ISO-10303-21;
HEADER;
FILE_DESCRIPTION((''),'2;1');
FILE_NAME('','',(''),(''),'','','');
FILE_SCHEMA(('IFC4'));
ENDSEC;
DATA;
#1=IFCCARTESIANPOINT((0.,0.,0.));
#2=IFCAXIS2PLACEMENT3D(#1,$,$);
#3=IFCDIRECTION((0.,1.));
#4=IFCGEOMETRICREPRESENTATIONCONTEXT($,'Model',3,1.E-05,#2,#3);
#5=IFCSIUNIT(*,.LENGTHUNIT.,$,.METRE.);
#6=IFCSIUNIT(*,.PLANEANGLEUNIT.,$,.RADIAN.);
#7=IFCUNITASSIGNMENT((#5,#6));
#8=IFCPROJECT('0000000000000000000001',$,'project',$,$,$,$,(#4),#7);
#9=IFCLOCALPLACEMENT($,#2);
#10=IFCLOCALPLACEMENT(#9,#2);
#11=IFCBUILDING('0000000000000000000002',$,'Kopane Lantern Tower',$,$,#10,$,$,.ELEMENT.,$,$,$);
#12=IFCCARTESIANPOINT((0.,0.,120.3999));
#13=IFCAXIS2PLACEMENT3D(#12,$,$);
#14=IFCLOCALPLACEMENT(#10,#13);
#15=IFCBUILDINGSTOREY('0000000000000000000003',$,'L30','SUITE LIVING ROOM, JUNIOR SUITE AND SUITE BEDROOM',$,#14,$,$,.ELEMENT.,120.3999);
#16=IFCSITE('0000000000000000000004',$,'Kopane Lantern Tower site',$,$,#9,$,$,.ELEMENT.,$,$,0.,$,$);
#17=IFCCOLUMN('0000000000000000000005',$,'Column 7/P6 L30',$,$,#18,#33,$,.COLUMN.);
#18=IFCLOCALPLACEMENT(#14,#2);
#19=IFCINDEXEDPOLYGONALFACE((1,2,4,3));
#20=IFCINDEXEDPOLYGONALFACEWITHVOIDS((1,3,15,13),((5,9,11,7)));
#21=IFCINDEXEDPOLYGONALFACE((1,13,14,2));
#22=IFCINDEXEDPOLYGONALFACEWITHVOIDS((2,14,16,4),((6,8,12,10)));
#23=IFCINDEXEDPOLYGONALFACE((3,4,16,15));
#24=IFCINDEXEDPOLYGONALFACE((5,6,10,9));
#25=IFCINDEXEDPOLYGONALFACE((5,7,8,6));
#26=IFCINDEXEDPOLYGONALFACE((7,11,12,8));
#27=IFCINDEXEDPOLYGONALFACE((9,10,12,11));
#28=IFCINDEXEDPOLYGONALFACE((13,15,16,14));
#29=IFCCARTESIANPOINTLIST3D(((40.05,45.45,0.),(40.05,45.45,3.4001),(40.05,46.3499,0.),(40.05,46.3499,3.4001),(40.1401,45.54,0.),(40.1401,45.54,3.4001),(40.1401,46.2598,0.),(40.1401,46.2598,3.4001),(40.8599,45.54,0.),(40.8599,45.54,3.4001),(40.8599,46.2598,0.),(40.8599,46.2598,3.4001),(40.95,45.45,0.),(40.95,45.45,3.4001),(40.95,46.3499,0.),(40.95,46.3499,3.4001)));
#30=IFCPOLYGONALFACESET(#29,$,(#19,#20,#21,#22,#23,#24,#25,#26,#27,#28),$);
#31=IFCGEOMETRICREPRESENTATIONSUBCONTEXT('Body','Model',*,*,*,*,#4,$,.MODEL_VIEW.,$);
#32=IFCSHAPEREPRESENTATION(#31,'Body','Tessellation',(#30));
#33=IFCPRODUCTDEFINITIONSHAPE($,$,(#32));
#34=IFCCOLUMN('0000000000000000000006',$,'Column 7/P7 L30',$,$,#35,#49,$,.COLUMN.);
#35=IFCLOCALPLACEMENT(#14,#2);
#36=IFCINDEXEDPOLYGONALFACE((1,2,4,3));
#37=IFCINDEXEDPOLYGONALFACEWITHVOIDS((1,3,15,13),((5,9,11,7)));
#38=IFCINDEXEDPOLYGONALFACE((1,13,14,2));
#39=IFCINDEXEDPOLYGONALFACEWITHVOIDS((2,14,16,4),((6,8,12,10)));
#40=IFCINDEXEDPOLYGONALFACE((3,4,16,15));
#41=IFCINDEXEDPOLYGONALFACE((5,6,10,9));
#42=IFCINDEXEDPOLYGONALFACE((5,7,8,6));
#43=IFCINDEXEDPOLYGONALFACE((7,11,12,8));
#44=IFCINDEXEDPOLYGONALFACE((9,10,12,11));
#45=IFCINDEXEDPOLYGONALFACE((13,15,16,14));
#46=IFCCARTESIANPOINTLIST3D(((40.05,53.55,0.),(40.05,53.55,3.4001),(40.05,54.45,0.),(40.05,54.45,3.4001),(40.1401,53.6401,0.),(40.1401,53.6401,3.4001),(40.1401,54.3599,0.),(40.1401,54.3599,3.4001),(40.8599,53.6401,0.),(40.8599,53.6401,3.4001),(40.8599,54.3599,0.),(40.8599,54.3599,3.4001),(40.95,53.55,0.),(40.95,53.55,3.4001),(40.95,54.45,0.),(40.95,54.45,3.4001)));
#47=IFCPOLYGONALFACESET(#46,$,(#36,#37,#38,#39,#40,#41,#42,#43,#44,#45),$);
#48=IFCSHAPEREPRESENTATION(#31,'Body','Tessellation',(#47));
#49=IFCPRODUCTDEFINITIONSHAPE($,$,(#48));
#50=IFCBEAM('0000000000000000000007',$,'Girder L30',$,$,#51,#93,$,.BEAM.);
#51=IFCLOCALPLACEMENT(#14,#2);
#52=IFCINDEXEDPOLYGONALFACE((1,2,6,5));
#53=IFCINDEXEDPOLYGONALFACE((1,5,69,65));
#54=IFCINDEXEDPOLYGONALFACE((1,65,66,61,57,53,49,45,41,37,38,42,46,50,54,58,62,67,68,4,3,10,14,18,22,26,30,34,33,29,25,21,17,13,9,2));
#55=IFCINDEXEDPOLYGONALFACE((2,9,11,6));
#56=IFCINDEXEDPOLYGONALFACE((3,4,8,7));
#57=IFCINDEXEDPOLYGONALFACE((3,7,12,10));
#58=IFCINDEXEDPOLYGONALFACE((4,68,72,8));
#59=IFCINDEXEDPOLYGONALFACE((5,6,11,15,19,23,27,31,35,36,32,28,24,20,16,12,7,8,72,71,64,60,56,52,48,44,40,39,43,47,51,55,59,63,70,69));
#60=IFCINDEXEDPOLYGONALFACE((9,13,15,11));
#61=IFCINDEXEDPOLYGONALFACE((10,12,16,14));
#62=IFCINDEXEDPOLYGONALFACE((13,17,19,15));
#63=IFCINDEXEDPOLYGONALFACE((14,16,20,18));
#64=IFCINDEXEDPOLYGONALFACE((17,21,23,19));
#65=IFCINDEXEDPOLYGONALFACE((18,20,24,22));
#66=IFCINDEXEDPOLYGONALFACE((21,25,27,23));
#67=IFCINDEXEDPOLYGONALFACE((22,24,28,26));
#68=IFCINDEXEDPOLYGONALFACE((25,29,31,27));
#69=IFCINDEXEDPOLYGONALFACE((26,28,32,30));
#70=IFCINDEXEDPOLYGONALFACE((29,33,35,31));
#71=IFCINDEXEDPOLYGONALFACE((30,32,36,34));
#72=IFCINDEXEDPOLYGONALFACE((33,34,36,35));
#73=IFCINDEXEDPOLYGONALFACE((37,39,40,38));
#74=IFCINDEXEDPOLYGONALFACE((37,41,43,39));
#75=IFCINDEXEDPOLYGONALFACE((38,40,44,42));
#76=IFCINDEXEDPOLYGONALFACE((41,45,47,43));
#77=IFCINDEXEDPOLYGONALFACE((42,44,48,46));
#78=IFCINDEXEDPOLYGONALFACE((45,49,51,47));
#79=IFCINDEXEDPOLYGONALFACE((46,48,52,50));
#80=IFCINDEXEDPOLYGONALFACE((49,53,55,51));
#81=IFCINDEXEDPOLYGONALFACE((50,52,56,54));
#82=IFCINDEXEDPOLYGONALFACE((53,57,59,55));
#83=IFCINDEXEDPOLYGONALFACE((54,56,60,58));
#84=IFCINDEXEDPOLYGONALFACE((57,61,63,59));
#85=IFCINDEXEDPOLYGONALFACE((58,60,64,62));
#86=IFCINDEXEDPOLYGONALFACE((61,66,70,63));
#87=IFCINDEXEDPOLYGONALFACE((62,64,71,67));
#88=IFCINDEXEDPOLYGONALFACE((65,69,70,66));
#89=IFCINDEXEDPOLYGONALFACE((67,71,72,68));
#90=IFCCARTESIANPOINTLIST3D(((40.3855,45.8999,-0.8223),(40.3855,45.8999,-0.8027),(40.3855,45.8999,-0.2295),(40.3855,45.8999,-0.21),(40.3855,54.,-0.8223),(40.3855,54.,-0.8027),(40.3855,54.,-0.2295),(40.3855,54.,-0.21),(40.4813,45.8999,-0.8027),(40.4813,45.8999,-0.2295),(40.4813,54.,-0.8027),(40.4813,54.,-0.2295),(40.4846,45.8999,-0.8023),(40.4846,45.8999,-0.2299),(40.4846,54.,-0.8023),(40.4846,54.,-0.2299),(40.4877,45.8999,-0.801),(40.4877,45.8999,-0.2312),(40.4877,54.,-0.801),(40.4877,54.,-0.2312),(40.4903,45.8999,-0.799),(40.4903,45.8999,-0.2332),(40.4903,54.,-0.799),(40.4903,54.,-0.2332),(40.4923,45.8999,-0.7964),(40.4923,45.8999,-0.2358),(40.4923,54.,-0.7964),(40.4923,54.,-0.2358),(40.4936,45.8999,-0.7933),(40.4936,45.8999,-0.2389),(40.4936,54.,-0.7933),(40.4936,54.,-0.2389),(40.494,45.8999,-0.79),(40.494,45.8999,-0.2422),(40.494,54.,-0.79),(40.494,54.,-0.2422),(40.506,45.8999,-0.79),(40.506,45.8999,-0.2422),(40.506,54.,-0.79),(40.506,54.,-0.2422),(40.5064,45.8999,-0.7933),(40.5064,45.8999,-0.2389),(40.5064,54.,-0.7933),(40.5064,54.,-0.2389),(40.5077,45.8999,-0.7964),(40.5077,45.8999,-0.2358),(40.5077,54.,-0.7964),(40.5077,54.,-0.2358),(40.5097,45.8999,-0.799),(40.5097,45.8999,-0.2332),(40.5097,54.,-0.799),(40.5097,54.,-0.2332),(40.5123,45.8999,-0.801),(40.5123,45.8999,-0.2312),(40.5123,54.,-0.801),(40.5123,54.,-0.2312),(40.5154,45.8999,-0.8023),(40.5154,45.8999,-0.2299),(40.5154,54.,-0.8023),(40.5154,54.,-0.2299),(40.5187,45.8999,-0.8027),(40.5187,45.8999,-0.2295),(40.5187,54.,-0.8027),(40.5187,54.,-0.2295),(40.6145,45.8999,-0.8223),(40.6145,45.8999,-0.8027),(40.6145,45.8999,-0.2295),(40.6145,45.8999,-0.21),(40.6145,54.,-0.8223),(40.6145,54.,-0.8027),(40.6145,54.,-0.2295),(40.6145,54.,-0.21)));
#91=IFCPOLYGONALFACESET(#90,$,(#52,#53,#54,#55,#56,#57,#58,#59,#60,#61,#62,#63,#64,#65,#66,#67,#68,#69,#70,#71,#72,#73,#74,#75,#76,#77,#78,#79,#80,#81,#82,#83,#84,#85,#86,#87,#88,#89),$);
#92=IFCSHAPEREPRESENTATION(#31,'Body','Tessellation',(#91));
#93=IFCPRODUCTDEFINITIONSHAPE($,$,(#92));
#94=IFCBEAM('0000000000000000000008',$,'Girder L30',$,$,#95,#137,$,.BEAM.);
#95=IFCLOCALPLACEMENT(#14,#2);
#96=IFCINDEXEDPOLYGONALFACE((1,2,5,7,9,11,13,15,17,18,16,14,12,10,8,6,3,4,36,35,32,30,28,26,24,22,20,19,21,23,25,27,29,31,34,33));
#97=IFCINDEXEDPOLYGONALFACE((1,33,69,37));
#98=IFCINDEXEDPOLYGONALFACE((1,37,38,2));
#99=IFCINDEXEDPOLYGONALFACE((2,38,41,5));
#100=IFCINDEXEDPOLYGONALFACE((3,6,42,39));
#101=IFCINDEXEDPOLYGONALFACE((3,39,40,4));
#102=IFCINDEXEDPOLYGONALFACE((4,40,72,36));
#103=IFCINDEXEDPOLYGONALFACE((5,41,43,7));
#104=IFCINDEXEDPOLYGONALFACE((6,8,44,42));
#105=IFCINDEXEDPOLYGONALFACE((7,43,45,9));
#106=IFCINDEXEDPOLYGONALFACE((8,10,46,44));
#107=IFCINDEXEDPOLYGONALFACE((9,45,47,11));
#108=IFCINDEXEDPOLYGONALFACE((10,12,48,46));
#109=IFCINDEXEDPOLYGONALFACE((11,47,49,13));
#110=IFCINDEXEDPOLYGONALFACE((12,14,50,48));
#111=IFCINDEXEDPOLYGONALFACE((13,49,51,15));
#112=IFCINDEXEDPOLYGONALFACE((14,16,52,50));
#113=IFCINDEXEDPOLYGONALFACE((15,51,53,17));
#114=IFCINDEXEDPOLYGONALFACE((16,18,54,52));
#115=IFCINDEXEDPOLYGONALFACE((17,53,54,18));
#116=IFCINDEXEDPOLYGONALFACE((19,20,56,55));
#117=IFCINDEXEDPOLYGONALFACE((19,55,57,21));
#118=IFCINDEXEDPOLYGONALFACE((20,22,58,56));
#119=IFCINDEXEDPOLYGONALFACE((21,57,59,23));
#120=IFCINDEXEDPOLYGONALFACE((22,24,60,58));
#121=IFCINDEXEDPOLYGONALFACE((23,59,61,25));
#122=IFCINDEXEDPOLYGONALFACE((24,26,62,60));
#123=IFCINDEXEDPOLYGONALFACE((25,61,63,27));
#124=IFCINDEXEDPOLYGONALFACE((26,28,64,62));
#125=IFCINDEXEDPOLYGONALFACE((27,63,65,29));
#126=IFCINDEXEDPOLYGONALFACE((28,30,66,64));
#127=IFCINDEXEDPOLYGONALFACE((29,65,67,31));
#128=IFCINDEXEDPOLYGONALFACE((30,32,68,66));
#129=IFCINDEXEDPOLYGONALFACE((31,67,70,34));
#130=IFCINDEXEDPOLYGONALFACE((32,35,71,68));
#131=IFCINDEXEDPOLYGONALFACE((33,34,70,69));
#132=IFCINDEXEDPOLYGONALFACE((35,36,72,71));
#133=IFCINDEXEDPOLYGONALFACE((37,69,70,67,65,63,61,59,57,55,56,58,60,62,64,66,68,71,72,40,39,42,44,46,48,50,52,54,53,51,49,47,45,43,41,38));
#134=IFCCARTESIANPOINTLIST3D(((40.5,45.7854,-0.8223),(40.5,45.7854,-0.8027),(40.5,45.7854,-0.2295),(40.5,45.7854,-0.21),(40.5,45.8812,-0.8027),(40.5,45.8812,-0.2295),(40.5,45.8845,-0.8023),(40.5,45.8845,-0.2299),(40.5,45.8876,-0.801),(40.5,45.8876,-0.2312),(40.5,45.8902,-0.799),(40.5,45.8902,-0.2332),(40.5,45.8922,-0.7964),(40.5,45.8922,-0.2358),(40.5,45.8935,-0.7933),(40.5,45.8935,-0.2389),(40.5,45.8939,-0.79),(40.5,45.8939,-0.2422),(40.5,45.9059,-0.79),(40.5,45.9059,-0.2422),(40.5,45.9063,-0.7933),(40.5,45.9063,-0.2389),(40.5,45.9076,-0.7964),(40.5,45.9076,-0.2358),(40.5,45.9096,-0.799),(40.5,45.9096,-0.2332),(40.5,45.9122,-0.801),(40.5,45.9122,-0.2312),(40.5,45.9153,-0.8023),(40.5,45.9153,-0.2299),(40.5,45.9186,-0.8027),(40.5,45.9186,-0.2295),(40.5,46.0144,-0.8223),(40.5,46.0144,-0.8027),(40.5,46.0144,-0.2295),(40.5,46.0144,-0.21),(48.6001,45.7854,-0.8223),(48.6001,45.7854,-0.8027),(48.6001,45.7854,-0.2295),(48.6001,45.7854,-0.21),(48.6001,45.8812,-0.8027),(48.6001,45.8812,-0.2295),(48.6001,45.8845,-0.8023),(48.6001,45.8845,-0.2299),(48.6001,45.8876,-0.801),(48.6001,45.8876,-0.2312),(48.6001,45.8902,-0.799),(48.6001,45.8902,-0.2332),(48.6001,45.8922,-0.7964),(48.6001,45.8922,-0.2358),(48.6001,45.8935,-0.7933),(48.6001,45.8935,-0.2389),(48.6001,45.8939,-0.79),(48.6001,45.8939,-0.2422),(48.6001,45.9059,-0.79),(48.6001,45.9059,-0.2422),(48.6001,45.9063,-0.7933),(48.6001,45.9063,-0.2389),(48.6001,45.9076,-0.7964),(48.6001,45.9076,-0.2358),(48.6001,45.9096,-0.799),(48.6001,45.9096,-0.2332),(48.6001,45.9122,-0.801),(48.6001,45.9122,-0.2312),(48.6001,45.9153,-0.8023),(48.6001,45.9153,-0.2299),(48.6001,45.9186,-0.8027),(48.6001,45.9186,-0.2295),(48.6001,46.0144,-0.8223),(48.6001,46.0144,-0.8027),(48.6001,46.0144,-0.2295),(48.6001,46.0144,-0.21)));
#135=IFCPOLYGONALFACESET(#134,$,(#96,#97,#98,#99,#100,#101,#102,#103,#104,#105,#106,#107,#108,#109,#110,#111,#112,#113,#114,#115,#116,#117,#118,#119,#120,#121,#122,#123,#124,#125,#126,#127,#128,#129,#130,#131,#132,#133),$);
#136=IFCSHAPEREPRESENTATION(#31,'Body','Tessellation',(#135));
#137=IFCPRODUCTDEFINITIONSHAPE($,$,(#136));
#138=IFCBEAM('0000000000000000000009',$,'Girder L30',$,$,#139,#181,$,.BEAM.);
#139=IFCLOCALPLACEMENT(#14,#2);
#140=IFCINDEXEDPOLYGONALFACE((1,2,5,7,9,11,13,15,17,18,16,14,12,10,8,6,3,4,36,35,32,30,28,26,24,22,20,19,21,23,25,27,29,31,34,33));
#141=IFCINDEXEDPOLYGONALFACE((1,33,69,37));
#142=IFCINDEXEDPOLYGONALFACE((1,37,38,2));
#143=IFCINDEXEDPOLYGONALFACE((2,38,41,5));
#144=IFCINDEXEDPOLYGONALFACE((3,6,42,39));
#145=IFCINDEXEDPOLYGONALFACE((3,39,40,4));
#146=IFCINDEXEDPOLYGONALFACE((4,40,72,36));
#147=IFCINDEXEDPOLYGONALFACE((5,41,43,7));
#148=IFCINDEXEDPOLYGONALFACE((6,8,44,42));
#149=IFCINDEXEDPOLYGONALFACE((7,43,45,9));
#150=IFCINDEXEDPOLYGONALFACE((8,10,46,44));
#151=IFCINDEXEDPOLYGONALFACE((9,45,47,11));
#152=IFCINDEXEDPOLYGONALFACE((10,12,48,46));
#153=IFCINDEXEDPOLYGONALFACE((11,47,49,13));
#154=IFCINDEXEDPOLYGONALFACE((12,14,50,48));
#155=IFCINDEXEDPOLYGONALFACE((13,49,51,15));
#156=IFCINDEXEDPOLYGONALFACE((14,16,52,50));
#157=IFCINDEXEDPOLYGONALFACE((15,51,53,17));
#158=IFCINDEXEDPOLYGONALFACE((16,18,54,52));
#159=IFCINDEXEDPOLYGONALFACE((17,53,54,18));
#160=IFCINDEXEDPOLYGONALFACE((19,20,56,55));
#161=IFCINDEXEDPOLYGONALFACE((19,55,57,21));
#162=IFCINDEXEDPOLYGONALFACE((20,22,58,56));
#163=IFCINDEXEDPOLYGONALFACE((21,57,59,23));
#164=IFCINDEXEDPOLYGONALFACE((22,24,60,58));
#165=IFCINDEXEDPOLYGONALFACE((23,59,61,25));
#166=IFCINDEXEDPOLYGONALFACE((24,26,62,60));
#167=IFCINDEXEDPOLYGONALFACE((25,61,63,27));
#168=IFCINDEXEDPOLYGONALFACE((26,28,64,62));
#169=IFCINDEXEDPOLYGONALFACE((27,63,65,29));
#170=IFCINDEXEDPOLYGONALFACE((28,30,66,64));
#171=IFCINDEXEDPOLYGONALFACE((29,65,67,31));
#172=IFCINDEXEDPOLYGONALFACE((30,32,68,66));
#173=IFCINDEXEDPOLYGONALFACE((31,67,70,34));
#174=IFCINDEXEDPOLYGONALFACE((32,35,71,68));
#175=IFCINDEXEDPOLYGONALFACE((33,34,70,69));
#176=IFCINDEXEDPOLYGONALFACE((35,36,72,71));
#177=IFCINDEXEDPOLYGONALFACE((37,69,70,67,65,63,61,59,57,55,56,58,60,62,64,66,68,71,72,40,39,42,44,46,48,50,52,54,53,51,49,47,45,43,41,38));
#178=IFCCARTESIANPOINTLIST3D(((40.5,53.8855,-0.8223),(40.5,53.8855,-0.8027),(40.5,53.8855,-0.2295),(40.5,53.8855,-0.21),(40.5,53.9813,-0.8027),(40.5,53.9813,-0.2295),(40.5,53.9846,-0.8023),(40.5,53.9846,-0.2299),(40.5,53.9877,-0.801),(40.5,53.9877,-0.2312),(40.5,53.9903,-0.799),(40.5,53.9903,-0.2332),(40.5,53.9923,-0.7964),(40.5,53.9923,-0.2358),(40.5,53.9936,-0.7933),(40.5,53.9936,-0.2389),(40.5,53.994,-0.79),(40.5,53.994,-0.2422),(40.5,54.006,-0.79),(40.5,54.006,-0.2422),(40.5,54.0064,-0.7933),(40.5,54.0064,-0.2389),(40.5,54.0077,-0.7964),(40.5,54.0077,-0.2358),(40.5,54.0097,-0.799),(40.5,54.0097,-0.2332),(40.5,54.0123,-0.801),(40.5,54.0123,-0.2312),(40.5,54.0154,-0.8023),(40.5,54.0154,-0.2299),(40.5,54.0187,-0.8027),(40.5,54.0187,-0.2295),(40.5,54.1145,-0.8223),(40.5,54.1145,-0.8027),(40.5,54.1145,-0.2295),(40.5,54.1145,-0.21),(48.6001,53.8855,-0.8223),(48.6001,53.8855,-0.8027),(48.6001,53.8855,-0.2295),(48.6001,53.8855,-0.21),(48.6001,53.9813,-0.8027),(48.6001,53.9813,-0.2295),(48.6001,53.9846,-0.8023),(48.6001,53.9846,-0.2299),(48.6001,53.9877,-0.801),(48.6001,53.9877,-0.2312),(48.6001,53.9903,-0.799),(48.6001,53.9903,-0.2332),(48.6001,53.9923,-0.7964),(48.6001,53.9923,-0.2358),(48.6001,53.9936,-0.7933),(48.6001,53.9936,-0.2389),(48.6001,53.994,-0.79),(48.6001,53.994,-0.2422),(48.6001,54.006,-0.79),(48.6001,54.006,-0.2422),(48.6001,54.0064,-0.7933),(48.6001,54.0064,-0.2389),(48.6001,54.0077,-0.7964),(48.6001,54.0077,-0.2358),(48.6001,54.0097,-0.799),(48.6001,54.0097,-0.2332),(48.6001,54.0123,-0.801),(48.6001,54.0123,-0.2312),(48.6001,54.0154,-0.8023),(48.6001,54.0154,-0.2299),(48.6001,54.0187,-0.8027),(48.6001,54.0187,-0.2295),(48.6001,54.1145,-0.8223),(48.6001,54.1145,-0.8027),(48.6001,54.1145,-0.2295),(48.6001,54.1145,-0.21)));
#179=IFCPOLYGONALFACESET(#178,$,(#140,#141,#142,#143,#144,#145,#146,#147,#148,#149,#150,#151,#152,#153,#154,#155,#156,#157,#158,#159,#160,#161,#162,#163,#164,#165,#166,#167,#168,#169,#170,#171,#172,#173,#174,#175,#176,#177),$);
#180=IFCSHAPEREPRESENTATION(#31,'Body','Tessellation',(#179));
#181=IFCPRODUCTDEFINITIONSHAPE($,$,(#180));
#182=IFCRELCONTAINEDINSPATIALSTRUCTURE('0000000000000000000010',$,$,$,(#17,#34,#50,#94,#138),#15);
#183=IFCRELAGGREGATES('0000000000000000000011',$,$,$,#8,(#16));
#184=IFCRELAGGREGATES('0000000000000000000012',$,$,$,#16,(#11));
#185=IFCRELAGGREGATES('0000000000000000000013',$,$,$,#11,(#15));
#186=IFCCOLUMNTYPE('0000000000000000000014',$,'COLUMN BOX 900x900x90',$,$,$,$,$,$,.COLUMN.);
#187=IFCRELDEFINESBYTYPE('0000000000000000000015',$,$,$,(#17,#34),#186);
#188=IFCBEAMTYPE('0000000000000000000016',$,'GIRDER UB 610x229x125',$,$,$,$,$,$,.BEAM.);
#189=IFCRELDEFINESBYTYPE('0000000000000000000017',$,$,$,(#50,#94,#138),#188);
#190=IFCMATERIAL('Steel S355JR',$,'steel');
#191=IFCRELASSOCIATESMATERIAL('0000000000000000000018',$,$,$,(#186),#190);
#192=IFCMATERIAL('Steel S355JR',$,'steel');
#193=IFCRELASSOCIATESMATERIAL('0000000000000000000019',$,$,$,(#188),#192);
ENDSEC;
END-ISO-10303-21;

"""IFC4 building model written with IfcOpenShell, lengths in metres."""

from ifc_helpers import new_model, si_unit, direction, frame, origin, origin_2d, place, context, subcontext, project, spatial, hollow_rectangle, i_section, extrude, material, material_profile, profile_set, type_object, element, save


model = new_model("IFC4")

# Units and contexts
model_context = context("Model", 3, precision=1e-05, world=origin(), true_north=direction((0.0, 1.0)))
body_context = subcontext(model_context, "Body", "Model", "MODEL_VIEW")
ifc_project = project(units=[si_unit("LENGTHUNIT", "METRE"), si_unit("PLANEANGLEUNIT", "RADIAN")], contexts=[model_context])

# Site, building, storey
site_placement = place(None, origin())
site = spatial("IfcSite", under=ifc_project, at=site_placement, Name="Kopane Lantern Tower site", CompositionType="ELEMENT", RefElevation=0.0)
building_placement = place(site_placement, origin())
building = spatial("IfcBuilding", under=site, at=building_placement, Name="Kopane Lantern Tower", CompositionType="ELEMENT")
storey_placement = place(building_placement, frame((0.0, 0.0, 120.3999)))
storey = spatial("IfcBuildingStorey", under=building, at=storey_placement, Name="L30", Description="SUITE LIVING ROOM, JUNIOR SUITE AND SUITE BEDROOM", CompositionType="ELEMENT", Elevation=120.3999)

# Columns
ifc_material_1 = material(Name="Steel S355JR", Category="steel")
ifc_material_profile_1 = material_profile(ifc_material_1, hollow_rectangle(XDim=0.8999, YDim=0.8999, WallThickness=0.0901, at=origin_2d()), Name="BOX 900x900x90")
ifc_profile_set_1 = profile_set([ifc_material_profile_1], Name="Steel S355JR")
column_type = type_object("IfcColumnType", Name="COLUMN BOX 900x900x90", PredefinedType="COLUMN", material=ifc_profile_set_1)
for number, where, z_axis, x_axis, name in (
    (1, (40.5, 45.8999, 0.0), (0.0, 0.0, 1.0), (1.0, 0.0, 0.0), "Column 7/P6 L30"),
    (2, (40.5, 54.0, 0.0), (0.0, 0.0, 1.0), (1.0, 0.0, 0.0), "Column 7/P7 L30"),
):
    element("IfcColumn", number, at=place(storey_placement, frame(where, z_axis=z_axis, x_axis=x_axis)), inside=storey, type_object=column_type, Name=name, PredefinedType="COLUMN", context=body_context, shape_type="SweptSolid", body=[
        extrude(hollow_rectangle(XDim=0.8999, YDim=0.8999, WallThickness=0.0901, at=origin_2d()), origin(), (0.0, 0.0, 1.0), 3.4001),
    ])

# Beams
ifc_material_2 = material(Name="Steel S355JR", Category="steel")
ifc_material_profile_2 = material_profile(ifc_material_2, i_section(OverallWidth=0.229, OverallDepth=0.6123, WebThickness=0.012, FlangeThickness=0.0195, FilletRadius=0.0127, at=origin_2d()), Name="UB 610x229x125")
ifc_profile_set_2 = profile_set([ifc_material_profile_2], Name="Steel S355JR")
beam_type = type_object("IfcBeamType", Name="GIRDER UB 610x229x125", PredefinedType="BEAM", material=ifc_profile_set_2)
for number, where, z_axis, x_axis, name in (
    (3, (40.5, 45.8999, -0.5161), (0.0, 1.0, 0.0), (-1.0, 0.0, 0.0), "Girder L30"),
    (4, (40.5, 45.8999, -0.5161), (1.0, 0.0, 0.0), (0.0, 1.0, 0.0), "Girder L30"),
    (5, (40.5, 54.0, -0.5161), (1.0, 0.0, 0.0), (0.0, 1.0, 0.0), "Girder L30"),
):
    element("IfcBeam", number, at=place(storey_placement, frame(where, z_axis=z_axis, x_axis=x_axis)), inside=storey, type_object=beam_type, Name=name, PredefinedType="BEAM", context=body_context, shape_type="SweptSolid", body=[
        extrude(i_section(OverallWidth=0.229, OverallDepth=0.6123, WebThickness=0.012, FlangeThickness=0.0195, FilletRadius=0.0127, at=origin_2d()), origin(), (0.0, 0.0, 1.0), 8.1001),
    ])

save(model, "model.ifc")
